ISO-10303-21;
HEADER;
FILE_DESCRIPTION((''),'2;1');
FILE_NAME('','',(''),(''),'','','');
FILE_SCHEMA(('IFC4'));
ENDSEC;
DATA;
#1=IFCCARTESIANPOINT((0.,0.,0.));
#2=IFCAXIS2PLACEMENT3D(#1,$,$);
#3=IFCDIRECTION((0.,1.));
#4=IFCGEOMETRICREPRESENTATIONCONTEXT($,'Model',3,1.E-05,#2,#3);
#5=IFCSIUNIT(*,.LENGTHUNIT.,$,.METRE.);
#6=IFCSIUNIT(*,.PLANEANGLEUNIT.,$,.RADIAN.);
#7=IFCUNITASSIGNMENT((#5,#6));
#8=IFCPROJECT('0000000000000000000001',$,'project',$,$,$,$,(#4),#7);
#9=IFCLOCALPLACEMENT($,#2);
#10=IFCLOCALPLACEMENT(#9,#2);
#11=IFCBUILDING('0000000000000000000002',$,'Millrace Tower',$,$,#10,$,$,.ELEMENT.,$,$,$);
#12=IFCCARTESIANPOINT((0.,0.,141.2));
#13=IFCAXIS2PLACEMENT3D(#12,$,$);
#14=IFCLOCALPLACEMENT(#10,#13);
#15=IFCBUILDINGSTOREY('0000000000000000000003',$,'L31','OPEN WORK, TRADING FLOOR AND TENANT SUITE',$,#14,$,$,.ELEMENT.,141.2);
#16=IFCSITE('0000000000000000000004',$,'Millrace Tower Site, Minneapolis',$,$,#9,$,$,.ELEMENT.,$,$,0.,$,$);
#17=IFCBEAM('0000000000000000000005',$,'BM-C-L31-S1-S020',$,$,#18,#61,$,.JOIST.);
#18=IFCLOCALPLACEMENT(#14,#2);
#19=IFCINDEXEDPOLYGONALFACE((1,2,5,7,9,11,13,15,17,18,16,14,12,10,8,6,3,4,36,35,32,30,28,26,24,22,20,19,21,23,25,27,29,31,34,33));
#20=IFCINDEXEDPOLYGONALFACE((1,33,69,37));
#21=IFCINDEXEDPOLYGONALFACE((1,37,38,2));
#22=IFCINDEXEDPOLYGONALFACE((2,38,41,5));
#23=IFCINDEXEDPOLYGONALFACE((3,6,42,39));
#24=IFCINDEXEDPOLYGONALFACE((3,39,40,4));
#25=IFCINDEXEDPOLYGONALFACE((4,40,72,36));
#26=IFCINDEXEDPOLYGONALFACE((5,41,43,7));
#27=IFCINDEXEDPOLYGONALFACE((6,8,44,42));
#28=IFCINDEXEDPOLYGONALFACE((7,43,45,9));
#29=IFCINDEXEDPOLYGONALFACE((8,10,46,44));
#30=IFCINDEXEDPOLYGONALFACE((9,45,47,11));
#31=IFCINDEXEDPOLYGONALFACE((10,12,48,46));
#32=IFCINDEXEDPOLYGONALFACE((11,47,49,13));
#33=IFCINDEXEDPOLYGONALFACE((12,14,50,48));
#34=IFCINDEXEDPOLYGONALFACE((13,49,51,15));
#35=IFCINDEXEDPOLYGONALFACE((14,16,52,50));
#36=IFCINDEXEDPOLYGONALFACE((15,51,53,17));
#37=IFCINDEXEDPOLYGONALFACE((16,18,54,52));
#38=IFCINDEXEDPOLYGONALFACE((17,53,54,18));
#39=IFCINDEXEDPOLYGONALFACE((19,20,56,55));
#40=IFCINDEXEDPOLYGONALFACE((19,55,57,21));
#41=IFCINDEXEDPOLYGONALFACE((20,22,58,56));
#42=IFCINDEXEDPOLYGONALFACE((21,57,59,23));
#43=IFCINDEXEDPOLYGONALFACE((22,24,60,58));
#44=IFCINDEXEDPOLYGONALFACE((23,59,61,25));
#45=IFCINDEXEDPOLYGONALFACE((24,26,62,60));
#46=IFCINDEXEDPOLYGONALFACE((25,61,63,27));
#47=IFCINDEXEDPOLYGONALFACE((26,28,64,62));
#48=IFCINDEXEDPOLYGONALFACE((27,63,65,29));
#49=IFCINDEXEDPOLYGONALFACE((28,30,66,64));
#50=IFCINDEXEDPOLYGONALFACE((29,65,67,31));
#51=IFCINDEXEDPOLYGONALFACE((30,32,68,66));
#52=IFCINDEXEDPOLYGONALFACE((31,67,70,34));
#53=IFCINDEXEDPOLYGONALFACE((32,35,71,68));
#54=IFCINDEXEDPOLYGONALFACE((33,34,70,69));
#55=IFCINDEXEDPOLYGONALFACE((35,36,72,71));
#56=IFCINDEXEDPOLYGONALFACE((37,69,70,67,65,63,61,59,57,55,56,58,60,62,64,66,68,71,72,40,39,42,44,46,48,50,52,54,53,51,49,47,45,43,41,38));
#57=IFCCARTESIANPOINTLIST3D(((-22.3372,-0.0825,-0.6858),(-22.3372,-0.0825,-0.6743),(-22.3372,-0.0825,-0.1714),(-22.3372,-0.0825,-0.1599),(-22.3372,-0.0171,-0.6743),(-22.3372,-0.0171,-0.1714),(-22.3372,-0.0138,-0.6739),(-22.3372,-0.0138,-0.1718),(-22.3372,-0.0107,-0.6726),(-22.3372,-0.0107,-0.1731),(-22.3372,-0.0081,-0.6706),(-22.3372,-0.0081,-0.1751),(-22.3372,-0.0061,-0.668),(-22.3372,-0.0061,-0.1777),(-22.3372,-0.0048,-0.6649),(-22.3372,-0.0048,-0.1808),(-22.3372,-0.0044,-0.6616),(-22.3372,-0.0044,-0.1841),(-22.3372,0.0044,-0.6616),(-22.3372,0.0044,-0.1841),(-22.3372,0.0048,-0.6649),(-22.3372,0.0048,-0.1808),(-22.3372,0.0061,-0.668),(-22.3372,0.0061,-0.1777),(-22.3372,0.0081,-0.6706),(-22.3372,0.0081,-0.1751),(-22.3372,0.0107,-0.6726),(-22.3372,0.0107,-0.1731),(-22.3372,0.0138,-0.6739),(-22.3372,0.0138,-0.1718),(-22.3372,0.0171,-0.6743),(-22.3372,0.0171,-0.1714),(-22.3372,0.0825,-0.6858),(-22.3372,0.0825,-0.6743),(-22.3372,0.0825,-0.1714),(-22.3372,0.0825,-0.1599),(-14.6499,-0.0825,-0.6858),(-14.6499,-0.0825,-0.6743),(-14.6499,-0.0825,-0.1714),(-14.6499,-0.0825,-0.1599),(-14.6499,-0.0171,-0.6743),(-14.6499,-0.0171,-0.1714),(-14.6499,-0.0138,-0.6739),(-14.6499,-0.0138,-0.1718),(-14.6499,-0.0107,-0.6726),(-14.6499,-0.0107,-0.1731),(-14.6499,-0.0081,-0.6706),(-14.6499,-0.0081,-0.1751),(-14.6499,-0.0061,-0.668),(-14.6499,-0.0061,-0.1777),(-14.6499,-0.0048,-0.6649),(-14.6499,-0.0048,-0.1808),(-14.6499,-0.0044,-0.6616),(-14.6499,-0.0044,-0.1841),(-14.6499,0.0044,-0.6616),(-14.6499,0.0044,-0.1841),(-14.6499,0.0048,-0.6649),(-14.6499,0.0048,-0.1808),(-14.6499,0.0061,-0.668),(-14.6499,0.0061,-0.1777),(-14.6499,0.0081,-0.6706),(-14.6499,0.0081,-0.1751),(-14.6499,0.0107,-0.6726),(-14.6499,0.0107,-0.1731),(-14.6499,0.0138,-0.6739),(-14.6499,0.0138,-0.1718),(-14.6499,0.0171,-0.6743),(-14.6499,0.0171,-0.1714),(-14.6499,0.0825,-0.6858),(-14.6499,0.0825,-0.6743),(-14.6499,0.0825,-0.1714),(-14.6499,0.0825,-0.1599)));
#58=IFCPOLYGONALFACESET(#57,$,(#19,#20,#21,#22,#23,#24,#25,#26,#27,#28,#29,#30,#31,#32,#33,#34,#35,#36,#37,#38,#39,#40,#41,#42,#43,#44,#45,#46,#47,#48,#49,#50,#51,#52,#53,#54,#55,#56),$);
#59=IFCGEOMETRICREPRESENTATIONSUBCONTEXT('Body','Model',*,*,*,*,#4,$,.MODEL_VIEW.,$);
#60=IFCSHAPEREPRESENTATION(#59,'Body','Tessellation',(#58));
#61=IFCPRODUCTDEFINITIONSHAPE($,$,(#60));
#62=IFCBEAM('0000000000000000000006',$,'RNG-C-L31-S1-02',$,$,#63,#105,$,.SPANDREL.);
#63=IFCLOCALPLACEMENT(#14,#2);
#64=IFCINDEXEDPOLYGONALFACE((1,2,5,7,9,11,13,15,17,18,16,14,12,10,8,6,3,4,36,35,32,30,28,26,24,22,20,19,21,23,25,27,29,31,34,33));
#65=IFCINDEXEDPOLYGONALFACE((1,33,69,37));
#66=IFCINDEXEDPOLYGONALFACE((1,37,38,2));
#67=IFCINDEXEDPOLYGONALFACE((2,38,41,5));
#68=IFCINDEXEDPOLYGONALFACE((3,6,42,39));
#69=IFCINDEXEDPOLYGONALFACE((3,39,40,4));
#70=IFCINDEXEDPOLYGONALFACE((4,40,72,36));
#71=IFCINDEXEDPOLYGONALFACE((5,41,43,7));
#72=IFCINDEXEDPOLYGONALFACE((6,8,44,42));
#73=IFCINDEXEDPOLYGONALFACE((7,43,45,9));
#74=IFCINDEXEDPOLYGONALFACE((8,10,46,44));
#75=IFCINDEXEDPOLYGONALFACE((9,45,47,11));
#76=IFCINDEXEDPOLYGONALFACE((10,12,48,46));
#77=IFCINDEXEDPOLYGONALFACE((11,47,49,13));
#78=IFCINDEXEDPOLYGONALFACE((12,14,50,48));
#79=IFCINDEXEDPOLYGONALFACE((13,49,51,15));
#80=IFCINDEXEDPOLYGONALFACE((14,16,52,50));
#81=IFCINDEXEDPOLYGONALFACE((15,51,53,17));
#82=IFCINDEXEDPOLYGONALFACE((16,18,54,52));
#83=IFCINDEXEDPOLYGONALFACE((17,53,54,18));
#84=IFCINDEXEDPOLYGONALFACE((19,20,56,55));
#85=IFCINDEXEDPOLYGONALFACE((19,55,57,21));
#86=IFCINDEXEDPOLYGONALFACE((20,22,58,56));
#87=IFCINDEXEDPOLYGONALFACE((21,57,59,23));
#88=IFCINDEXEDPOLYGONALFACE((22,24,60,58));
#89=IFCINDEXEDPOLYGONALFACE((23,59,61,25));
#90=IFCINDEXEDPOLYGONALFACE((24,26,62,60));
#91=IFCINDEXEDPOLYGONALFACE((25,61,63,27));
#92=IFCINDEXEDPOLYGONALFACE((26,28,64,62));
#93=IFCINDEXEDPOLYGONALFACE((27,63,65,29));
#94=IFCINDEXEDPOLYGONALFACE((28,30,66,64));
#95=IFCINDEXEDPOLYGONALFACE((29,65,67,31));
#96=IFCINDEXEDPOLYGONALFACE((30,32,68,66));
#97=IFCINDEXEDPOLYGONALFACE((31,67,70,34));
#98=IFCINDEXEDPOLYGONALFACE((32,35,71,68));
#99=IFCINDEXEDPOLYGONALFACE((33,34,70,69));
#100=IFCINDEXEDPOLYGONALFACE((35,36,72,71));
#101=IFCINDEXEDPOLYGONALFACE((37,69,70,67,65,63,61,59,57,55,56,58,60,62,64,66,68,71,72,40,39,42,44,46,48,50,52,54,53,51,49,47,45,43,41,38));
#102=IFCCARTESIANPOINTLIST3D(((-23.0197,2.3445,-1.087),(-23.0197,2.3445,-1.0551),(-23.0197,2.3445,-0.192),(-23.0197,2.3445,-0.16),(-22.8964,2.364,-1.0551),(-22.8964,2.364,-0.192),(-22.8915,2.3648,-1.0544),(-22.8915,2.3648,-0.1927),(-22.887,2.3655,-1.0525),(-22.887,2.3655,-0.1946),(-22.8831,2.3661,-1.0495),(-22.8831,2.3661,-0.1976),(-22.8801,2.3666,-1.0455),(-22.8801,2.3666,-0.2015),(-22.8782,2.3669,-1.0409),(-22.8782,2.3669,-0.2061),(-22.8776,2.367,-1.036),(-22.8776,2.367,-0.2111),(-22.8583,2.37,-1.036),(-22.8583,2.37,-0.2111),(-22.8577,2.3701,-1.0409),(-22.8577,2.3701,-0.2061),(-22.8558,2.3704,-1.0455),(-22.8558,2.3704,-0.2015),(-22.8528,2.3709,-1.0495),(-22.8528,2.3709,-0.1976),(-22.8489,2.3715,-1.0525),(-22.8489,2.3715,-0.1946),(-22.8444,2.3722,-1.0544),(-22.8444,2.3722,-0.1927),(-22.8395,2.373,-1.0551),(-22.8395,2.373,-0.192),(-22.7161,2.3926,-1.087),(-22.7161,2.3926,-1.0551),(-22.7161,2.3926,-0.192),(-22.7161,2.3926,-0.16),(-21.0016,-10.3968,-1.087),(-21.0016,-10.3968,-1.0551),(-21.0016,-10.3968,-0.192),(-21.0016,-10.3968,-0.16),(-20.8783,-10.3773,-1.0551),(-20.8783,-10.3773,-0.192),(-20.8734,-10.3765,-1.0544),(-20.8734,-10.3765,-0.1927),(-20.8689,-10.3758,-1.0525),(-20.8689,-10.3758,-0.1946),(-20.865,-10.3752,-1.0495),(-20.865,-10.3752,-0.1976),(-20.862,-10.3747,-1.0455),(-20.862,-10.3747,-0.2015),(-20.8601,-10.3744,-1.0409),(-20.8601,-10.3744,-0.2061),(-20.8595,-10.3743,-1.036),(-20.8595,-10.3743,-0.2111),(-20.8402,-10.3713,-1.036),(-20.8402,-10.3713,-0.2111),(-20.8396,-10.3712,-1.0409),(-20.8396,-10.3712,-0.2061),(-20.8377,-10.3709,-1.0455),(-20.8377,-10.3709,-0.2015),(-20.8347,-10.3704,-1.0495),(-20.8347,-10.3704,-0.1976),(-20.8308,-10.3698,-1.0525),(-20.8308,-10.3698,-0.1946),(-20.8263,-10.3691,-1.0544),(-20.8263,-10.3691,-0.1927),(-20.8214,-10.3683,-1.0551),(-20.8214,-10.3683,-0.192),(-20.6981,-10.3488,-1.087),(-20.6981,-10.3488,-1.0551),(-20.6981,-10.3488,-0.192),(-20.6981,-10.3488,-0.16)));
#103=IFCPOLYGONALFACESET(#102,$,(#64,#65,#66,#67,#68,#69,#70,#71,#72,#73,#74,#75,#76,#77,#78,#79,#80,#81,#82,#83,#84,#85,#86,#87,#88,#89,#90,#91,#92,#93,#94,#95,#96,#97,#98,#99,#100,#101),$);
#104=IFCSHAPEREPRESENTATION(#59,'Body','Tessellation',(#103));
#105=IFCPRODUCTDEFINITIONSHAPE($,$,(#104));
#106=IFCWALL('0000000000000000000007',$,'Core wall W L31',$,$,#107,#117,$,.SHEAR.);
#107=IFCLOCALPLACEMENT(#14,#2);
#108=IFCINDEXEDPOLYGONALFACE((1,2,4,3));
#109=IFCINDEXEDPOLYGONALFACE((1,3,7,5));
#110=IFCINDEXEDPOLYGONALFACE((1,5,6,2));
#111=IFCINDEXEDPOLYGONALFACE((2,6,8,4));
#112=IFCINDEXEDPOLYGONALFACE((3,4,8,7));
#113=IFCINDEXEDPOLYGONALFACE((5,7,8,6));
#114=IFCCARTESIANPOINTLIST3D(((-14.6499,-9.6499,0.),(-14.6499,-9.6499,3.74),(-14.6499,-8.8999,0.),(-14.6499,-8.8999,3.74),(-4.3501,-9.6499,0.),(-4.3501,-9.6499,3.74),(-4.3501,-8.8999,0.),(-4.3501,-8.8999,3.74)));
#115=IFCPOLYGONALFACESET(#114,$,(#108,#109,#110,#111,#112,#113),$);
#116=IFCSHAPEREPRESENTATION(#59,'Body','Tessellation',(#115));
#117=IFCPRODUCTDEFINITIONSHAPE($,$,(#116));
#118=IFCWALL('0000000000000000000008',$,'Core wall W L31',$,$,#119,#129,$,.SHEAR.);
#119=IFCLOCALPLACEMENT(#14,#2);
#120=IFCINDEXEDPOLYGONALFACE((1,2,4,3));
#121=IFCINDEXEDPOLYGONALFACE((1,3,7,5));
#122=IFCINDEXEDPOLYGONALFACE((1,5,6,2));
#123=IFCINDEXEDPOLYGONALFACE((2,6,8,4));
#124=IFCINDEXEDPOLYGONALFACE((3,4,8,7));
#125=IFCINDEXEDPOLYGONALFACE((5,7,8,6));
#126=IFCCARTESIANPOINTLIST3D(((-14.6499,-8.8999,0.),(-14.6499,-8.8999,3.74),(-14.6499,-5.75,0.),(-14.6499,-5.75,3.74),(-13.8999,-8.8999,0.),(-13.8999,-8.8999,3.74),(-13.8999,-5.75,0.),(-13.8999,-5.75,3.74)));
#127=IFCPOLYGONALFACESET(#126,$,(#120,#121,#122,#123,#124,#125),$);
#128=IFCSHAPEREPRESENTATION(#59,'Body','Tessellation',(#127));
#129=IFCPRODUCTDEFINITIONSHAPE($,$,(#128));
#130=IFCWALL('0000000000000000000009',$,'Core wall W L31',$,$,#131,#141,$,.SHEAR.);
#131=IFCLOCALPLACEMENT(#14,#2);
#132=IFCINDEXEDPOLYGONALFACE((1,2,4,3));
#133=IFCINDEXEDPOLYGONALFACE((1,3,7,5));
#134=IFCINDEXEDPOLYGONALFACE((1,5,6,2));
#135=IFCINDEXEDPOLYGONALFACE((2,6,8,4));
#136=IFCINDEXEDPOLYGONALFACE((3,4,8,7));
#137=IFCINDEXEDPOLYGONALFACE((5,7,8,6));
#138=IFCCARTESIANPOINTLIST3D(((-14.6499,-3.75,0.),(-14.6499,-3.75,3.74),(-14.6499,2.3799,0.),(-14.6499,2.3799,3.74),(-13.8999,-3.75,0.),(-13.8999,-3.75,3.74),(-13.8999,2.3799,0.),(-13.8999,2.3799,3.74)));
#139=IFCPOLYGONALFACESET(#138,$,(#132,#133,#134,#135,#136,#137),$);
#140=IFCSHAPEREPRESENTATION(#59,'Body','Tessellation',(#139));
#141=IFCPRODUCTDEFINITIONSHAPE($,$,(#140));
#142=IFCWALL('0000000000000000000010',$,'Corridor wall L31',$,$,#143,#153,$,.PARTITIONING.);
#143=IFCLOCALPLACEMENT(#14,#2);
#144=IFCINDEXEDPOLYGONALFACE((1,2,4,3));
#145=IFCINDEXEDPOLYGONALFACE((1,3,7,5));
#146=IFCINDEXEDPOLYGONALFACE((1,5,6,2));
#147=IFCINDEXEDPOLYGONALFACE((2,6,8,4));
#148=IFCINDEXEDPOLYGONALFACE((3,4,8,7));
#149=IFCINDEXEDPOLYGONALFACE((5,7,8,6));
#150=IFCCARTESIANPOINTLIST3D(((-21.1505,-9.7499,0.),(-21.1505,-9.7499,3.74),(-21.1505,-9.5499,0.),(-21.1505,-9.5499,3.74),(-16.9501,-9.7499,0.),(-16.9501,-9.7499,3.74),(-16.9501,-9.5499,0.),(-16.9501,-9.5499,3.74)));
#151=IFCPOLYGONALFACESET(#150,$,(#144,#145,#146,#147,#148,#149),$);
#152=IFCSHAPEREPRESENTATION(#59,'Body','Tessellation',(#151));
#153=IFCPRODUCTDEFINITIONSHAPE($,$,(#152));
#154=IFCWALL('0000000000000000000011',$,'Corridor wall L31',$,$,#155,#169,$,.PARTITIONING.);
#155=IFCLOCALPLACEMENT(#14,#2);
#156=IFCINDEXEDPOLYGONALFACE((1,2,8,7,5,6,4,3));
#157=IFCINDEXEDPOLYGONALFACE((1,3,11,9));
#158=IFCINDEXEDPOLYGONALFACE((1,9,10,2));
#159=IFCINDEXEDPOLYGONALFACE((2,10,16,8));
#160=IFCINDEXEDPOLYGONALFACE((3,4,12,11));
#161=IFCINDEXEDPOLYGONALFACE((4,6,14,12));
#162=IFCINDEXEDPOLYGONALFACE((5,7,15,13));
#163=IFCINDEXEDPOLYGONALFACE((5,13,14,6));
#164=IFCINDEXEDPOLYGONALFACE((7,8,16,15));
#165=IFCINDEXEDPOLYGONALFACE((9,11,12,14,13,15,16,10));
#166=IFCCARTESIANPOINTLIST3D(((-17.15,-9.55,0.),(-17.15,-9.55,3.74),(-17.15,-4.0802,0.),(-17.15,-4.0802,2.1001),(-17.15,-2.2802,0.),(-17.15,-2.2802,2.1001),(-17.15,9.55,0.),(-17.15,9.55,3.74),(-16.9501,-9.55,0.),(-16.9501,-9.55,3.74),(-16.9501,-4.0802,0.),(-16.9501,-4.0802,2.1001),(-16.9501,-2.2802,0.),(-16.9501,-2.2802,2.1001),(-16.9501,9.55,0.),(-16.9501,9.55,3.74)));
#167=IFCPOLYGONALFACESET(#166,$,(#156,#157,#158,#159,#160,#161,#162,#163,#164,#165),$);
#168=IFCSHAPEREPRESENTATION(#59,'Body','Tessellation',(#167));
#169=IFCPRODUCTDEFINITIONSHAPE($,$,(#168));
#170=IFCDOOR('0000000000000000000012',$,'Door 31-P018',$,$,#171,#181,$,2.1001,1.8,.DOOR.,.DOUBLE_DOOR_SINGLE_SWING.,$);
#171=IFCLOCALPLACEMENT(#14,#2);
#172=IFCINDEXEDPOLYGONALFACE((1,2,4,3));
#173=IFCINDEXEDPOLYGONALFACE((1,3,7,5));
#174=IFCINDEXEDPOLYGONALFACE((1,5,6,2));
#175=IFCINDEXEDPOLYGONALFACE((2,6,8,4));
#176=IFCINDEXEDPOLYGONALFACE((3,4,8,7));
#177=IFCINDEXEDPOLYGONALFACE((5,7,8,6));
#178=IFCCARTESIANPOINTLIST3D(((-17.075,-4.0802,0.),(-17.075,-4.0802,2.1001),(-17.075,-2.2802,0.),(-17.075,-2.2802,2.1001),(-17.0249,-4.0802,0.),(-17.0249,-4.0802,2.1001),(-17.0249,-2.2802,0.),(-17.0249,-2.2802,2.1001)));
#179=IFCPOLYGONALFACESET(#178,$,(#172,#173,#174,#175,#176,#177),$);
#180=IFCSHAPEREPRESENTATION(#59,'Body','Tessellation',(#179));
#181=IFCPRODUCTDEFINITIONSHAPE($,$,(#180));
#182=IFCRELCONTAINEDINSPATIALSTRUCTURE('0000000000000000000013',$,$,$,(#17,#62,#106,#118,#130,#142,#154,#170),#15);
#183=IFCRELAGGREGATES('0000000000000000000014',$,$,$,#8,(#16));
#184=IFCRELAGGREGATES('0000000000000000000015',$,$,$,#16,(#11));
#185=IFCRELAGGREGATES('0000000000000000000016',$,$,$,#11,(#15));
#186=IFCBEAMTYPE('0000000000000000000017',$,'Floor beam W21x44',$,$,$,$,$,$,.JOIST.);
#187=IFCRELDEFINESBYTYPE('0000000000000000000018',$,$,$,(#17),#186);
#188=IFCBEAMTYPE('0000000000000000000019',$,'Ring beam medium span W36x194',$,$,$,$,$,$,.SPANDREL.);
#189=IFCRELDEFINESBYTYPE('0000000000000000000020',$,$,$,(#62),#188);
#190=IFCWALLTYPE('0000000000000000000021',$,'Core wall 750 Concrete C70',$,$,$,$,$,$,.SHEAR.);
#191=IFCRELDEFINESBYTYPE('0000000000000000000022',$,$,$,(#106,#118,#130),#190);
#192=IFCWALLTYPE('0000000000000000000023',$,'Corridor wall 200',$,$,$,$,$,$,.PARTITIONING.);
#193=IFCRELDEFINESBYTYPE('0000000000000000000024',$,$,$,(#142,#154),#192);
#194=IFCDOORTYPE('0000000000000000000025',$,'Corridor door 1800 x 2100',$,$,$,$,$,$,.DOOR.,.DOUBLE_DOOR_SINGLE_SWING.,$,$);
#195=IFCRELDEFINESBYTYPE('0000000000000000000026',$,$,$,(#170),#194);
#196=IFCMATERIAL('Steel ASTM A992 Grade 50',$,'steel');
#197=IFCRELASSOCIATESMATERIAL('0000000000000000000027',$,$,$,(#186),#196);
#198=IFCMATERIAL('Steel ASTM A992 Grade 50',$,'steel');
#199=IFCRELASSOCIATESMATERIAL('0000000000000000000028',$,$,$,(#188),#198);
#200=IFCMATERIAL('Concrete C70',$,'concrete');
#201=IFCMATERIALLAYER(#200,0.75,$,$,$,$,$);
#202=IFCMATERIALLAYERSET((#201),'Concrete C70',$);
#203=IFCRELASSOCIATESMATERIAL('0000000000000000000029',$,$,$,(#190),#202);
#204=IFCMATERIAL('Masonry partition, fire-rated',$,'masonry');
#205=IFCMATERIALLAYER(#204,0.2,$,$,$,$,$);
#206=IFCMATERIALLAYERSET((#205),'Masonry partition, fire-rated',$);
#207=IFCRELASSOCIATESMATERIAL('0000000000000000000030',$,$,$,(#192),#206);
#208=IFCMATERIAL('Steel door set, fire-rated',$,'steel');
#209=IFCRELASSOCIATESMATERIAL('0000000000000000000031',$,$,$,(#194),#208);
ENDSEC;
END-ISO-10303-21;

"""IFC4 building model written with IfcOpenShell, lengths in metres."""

from ifc_helpers import new_model, si_unit, direction, frame, frame_2d, origin, origin_2d, place, context, subcontext, project, spatial, rectangle, i_section, extrude, material, layer, layer_set, material_profile, profile_set, type_object, element, fill, save


model = new_model("IFC4")

# Units and contexts
model_context = context("Model", 3, precision=1e-05, world=origin(), true_north=direction((0.0, 1.0)))
body_context = subcontext(model_context, "Body", "Model", "MODEL_VIEW")
ifc_project = project(units=[si_unit("LENGTHUNIT", "METRE"), si_unit("PLANEANGLEUNIT", "RADIAN")], contexts=[model_context])

# Site, building, storey
site_placement = place(None, origin())
site = spatial("IfcSite", under=ifc_project, at=site_placement, Name="Millrace Tower Site, Minneapolis", CompositionType="ELEMENT", RefElevation=0.0)
building_placement = place(site_placement, origin())
building = spatial("IfcBuilding", under=site, at=building_placement, Name="Millrace Tower", CompositionType="ELEMENT")
storey_placement = place(building_placement, frame((0.0, 0.0, 141.2)))
storey = spatial("IfcBuildingStorey", under=building, at=storey_placement, Name="L31", Description="OPEN WORK, TRADING FLOOR AND TENANT SUITE", CompositionType="ELEMENT", Elevation=141.2)

# Beams
ifc_material_1 = material(Name="Steel ASTM A992 Grade 50", Category="steel")
ifc_material_profile_1 = material_profile(ifc_material_1, i_section(OverallWidth=0.165, OverallDepth=0.5259, WebThickness=0.0088, FlangeThickness=0.0115, FilletRadius=0.0127, at=origin_2d()))
ifc_profile_set_1 = profile_set([ifc_material_profile_1], Name="Steel ASTM A992 Grade 50")
beam_type_1 = type_object("IfcBeamType", Name="Floor beam W21x44", PredefinedType="JOIST", material=ifc_profile_set_1)
beam_1_placement = place(storey_placement, frame((-22.3372, 0.0, -0.4229), z_axis=(1.0, 0.0, 0.0), x_axis=(0.0, 1.0, 0.0)))
element("IfcBeam", 1, at=beam_1_placement, inside=storey, type_object=beam_type_1, Name="BM-C-L31-S1-S020", PredefinedType="JOIST", context=body_context, shape_type="SweptSolid", body=[
    extrude(i_section(OverallWidth=0.165, OverallDepth=0.5259, WebThickness=0.0088, FlangeThickness=0.0115, FilletRadius=0.0127, at=origin_2d()), origin(), (0.0, 0.0, 1.0), 7.6873),
])
ifc_material_2 = material(Name="Steel ASTM A992 Grade 50", Category="steel")
ifc_material_profile_2 = material_profile(ifc_material_2, i_section(OverallWidth=0.3074, OverallDepth=0.927, WebThickness=0.0195, FlangeThickness=0.032, FilletRadius=0.019, at=origin_2d()))
ifc_profile_set_2 = profile_set([ifc_material_profile_2], Name="Steel ASTM A992 Grade 50")
beam_type_2 = type_object("IfcBeamType", Name="Ring beam medium span W36x194", PredefinedType="SPANDREL", material=ifc_profile_set_2)
beam_2_placement = place(storey_placement, frame((-20.8499, -10.3728, -0.6235), z_axis=(-0.156439, 0.987688, 0.0), x_axis=(-0.987688, -0.156439, 0.0)))
element("IfcBeam", 2, at=beam_2_placement, inside=storey, type_object=beam_type_2, Name="RNG-C-L31-S1-02", PredefinedType="SPANDREL", context=body_context, shape_type="SweptSolid", body=[
    extrude(i_section(OverallWidth=0.3074, OverallDepth=0.927, WebThickness=0.0195, FlangeThickness=0.032, FilletRadius=0.019, at=origin_2d()), origin(), (0.0, 0.0, 1.0), 12.9001),
])

# Walls
ifc_material_3 = material(Name="Concrete C70", Category="concrete")
ifc_layer_1 = layer(ifc_material_3, 0.75)
ifc_layer_set_1 = layer_set([ifc_layer_1], Name="Concrete C70")
wall_type_1 = type_object("IfcWallType", Name="Core wall 750 Concrete C70", PredefinedType="SHEAR", material=ifc_layer_set_1)
wall_1_placement = place(storey_placement, frame((-14.6499, -9.2749, 0.0), z_axis=(0.0, 0.0, 1.0), x_axis=(1.0, 0.0, 0.0)))
element("IfcWall", 3, at=wall_1_placement, inside=storey, type_object=wall_type_1, Name="Core wall W L31", PredefinedType="SHEAR", context=body_context, shape_type="SweptSolid", body=[
    extrude(rectangle(XDim=10.2998, YDim=0.75, at=frame_2d((5.1499, 0.0))), origin(), (0.0, 0.0, 1.0), 3.74),
])
wall_2_placement = place(storey_placement, frame((-14.2749, -8.8999, 0.0), z_axis=(0.0, 0.0, 1.0), x_axis=(0.0, 1.0, 0.0)))
element("IfcWall", 4, at=wall_2_placement, inside=storey, type_object=wall_type_1, Name="Core wall W L31", PredefinedType="SHEAR", context=body_context, shape_type="SweptSolid", body=[
    extrude(rectangle(XDim=3.1499, YDim=0.75, at=frame_2d((1.575, 0.0))), origin(), (0.0, 0.0, 1.0), 3.74),
])
wall_3_placement = place(storey_placement, frame((-14.2749, -3.75, 0.0), z_axis=(0.0, 0.0, 1.0), x_axis=(0.0, 1.0, 0.0)))
element("IfcWall", 5, at=wall_3_placement, inside=storey, type_object=wall_type_1, Name="Core wall W L31", PredefinedType="SHEAR", context=body_context, shape_type="SweptSolid", body=[
    extrude(rectangle(XDim=6.1299, YDim=0.75, at=frame_2d((3.0649, 0.0))), origin(), (0.0, 0.0, 1.0), 3.74),
])
ifc_material_4 = material(Name="Masonry partition, fire-rated", Category="masonry")
ifc_layer_2 = layer(ifc_material_4, 0.2)
ifc_layer_set_2 = layer_set([ifc_layer_2], Name="Masonry partition, fire-rated")
wall_type_2 = type_object("IfcWallType", Name="Corridor wall 200", PredefinedType="PARTITIONING", material=ifc_layer_set_2)
wall_4_placement = place(storey_placement, frame((-21.1504, -9.6499, 0.0), z_axis=(0.0, 0.0, 1.0), x_axis=(1.0, 0.0, 0.0)))
element("IfcWall", 6, at=wall_4_placement, inside=storey, type_object=wall_type_2, Name="Corridor wall L31", PredefinedType="PARTITIONING", context=body_context, shape_type="SweptSolid", body=[
    extrude(rectangle(XDim=4.2004, YDim=0.2, at=frame_2d((2.1001, 0.0))), origin(), (0.0, 0.0, 1.0), 3.74),
])

# Wall, opening, door
wall_5_placement = place(storey_placement, frame((-17.05, -9.55, 0.0), z_axis=(0.0, 0.0, 1.0), x_axis=(0.0, 1.0, 0.0)))
wall_5 = element("IfcWall", 7, at=wall_5_placement, inside=storey, type_object=wall_type_2, Name="Corridor wall L31", PredefinedType="PARTITIONING", context=body_context, shape_type="SweptSolid", body=[
    extrude(rectangle(XDim=19.1001, YDim=0.2, at=frame_2d((9.55, 0.0))), origin(), (0.0, 0.0, 1.0), 3.74),
])
opening_1_placement = place(wall_5_placement, frame((5.47, 0.0, 0.0)))
opening_1 = element("IfcOpeningElement", 8, at=opening_1_placement, cuts=wall_5, PredefinedType="OPENING", context=body_context, shape_type="SweptSolid", body=[
    extrude(rectangle(XDim=1.8, YDim=2.1001, at=frame_2d((0.8999, 1.05))), frame((0.0, 0.1099, 0.0), z_axis=(0.0, -1.0, 0.0), x_axis=(1.0, 0.0, 0.0)), (0.0, 0.0, 1.0), 0.22),
])
ifc_material_5 = material(Name="Steel door set, fire-rated", Category="steel")
door_type_1 = type_object("IfcDoorType", Name="Corridor door 1800 x 2100", OperationType="DOUBLE_DOOR_SINGLE_SWING", PredefinedType="DOOR", material=ifc_material_5)
door_1_placement = place(opening_1_placement, origin())
door_1 = element("IfcDoor", 9, at=door_1_placement, inside=storey, type_object=door_type_1, Name="Door 31-P018", OperationType="DOUBLE_DOOR_SINGLE_SWING", OverallHeight=2.1001, OverallWidth=1.8, PredefinedType="DOOR", context=body_context, shape_type="SweptSolid", body=[
    extrude(rectangle(XDim=1.8, YDim=2.1001, at=frame_2d((0.8999, 1.05))), frame((0.0, 0.0249, 0.0), z_axis=(0.0, -1.0, 0.0), x_axis=(1.0, 0.0, 0.0)), (0.0, 0.0, 1.0), 0.05),
])
fill(opening_1, door_1)

save(model, "model.ifc")
